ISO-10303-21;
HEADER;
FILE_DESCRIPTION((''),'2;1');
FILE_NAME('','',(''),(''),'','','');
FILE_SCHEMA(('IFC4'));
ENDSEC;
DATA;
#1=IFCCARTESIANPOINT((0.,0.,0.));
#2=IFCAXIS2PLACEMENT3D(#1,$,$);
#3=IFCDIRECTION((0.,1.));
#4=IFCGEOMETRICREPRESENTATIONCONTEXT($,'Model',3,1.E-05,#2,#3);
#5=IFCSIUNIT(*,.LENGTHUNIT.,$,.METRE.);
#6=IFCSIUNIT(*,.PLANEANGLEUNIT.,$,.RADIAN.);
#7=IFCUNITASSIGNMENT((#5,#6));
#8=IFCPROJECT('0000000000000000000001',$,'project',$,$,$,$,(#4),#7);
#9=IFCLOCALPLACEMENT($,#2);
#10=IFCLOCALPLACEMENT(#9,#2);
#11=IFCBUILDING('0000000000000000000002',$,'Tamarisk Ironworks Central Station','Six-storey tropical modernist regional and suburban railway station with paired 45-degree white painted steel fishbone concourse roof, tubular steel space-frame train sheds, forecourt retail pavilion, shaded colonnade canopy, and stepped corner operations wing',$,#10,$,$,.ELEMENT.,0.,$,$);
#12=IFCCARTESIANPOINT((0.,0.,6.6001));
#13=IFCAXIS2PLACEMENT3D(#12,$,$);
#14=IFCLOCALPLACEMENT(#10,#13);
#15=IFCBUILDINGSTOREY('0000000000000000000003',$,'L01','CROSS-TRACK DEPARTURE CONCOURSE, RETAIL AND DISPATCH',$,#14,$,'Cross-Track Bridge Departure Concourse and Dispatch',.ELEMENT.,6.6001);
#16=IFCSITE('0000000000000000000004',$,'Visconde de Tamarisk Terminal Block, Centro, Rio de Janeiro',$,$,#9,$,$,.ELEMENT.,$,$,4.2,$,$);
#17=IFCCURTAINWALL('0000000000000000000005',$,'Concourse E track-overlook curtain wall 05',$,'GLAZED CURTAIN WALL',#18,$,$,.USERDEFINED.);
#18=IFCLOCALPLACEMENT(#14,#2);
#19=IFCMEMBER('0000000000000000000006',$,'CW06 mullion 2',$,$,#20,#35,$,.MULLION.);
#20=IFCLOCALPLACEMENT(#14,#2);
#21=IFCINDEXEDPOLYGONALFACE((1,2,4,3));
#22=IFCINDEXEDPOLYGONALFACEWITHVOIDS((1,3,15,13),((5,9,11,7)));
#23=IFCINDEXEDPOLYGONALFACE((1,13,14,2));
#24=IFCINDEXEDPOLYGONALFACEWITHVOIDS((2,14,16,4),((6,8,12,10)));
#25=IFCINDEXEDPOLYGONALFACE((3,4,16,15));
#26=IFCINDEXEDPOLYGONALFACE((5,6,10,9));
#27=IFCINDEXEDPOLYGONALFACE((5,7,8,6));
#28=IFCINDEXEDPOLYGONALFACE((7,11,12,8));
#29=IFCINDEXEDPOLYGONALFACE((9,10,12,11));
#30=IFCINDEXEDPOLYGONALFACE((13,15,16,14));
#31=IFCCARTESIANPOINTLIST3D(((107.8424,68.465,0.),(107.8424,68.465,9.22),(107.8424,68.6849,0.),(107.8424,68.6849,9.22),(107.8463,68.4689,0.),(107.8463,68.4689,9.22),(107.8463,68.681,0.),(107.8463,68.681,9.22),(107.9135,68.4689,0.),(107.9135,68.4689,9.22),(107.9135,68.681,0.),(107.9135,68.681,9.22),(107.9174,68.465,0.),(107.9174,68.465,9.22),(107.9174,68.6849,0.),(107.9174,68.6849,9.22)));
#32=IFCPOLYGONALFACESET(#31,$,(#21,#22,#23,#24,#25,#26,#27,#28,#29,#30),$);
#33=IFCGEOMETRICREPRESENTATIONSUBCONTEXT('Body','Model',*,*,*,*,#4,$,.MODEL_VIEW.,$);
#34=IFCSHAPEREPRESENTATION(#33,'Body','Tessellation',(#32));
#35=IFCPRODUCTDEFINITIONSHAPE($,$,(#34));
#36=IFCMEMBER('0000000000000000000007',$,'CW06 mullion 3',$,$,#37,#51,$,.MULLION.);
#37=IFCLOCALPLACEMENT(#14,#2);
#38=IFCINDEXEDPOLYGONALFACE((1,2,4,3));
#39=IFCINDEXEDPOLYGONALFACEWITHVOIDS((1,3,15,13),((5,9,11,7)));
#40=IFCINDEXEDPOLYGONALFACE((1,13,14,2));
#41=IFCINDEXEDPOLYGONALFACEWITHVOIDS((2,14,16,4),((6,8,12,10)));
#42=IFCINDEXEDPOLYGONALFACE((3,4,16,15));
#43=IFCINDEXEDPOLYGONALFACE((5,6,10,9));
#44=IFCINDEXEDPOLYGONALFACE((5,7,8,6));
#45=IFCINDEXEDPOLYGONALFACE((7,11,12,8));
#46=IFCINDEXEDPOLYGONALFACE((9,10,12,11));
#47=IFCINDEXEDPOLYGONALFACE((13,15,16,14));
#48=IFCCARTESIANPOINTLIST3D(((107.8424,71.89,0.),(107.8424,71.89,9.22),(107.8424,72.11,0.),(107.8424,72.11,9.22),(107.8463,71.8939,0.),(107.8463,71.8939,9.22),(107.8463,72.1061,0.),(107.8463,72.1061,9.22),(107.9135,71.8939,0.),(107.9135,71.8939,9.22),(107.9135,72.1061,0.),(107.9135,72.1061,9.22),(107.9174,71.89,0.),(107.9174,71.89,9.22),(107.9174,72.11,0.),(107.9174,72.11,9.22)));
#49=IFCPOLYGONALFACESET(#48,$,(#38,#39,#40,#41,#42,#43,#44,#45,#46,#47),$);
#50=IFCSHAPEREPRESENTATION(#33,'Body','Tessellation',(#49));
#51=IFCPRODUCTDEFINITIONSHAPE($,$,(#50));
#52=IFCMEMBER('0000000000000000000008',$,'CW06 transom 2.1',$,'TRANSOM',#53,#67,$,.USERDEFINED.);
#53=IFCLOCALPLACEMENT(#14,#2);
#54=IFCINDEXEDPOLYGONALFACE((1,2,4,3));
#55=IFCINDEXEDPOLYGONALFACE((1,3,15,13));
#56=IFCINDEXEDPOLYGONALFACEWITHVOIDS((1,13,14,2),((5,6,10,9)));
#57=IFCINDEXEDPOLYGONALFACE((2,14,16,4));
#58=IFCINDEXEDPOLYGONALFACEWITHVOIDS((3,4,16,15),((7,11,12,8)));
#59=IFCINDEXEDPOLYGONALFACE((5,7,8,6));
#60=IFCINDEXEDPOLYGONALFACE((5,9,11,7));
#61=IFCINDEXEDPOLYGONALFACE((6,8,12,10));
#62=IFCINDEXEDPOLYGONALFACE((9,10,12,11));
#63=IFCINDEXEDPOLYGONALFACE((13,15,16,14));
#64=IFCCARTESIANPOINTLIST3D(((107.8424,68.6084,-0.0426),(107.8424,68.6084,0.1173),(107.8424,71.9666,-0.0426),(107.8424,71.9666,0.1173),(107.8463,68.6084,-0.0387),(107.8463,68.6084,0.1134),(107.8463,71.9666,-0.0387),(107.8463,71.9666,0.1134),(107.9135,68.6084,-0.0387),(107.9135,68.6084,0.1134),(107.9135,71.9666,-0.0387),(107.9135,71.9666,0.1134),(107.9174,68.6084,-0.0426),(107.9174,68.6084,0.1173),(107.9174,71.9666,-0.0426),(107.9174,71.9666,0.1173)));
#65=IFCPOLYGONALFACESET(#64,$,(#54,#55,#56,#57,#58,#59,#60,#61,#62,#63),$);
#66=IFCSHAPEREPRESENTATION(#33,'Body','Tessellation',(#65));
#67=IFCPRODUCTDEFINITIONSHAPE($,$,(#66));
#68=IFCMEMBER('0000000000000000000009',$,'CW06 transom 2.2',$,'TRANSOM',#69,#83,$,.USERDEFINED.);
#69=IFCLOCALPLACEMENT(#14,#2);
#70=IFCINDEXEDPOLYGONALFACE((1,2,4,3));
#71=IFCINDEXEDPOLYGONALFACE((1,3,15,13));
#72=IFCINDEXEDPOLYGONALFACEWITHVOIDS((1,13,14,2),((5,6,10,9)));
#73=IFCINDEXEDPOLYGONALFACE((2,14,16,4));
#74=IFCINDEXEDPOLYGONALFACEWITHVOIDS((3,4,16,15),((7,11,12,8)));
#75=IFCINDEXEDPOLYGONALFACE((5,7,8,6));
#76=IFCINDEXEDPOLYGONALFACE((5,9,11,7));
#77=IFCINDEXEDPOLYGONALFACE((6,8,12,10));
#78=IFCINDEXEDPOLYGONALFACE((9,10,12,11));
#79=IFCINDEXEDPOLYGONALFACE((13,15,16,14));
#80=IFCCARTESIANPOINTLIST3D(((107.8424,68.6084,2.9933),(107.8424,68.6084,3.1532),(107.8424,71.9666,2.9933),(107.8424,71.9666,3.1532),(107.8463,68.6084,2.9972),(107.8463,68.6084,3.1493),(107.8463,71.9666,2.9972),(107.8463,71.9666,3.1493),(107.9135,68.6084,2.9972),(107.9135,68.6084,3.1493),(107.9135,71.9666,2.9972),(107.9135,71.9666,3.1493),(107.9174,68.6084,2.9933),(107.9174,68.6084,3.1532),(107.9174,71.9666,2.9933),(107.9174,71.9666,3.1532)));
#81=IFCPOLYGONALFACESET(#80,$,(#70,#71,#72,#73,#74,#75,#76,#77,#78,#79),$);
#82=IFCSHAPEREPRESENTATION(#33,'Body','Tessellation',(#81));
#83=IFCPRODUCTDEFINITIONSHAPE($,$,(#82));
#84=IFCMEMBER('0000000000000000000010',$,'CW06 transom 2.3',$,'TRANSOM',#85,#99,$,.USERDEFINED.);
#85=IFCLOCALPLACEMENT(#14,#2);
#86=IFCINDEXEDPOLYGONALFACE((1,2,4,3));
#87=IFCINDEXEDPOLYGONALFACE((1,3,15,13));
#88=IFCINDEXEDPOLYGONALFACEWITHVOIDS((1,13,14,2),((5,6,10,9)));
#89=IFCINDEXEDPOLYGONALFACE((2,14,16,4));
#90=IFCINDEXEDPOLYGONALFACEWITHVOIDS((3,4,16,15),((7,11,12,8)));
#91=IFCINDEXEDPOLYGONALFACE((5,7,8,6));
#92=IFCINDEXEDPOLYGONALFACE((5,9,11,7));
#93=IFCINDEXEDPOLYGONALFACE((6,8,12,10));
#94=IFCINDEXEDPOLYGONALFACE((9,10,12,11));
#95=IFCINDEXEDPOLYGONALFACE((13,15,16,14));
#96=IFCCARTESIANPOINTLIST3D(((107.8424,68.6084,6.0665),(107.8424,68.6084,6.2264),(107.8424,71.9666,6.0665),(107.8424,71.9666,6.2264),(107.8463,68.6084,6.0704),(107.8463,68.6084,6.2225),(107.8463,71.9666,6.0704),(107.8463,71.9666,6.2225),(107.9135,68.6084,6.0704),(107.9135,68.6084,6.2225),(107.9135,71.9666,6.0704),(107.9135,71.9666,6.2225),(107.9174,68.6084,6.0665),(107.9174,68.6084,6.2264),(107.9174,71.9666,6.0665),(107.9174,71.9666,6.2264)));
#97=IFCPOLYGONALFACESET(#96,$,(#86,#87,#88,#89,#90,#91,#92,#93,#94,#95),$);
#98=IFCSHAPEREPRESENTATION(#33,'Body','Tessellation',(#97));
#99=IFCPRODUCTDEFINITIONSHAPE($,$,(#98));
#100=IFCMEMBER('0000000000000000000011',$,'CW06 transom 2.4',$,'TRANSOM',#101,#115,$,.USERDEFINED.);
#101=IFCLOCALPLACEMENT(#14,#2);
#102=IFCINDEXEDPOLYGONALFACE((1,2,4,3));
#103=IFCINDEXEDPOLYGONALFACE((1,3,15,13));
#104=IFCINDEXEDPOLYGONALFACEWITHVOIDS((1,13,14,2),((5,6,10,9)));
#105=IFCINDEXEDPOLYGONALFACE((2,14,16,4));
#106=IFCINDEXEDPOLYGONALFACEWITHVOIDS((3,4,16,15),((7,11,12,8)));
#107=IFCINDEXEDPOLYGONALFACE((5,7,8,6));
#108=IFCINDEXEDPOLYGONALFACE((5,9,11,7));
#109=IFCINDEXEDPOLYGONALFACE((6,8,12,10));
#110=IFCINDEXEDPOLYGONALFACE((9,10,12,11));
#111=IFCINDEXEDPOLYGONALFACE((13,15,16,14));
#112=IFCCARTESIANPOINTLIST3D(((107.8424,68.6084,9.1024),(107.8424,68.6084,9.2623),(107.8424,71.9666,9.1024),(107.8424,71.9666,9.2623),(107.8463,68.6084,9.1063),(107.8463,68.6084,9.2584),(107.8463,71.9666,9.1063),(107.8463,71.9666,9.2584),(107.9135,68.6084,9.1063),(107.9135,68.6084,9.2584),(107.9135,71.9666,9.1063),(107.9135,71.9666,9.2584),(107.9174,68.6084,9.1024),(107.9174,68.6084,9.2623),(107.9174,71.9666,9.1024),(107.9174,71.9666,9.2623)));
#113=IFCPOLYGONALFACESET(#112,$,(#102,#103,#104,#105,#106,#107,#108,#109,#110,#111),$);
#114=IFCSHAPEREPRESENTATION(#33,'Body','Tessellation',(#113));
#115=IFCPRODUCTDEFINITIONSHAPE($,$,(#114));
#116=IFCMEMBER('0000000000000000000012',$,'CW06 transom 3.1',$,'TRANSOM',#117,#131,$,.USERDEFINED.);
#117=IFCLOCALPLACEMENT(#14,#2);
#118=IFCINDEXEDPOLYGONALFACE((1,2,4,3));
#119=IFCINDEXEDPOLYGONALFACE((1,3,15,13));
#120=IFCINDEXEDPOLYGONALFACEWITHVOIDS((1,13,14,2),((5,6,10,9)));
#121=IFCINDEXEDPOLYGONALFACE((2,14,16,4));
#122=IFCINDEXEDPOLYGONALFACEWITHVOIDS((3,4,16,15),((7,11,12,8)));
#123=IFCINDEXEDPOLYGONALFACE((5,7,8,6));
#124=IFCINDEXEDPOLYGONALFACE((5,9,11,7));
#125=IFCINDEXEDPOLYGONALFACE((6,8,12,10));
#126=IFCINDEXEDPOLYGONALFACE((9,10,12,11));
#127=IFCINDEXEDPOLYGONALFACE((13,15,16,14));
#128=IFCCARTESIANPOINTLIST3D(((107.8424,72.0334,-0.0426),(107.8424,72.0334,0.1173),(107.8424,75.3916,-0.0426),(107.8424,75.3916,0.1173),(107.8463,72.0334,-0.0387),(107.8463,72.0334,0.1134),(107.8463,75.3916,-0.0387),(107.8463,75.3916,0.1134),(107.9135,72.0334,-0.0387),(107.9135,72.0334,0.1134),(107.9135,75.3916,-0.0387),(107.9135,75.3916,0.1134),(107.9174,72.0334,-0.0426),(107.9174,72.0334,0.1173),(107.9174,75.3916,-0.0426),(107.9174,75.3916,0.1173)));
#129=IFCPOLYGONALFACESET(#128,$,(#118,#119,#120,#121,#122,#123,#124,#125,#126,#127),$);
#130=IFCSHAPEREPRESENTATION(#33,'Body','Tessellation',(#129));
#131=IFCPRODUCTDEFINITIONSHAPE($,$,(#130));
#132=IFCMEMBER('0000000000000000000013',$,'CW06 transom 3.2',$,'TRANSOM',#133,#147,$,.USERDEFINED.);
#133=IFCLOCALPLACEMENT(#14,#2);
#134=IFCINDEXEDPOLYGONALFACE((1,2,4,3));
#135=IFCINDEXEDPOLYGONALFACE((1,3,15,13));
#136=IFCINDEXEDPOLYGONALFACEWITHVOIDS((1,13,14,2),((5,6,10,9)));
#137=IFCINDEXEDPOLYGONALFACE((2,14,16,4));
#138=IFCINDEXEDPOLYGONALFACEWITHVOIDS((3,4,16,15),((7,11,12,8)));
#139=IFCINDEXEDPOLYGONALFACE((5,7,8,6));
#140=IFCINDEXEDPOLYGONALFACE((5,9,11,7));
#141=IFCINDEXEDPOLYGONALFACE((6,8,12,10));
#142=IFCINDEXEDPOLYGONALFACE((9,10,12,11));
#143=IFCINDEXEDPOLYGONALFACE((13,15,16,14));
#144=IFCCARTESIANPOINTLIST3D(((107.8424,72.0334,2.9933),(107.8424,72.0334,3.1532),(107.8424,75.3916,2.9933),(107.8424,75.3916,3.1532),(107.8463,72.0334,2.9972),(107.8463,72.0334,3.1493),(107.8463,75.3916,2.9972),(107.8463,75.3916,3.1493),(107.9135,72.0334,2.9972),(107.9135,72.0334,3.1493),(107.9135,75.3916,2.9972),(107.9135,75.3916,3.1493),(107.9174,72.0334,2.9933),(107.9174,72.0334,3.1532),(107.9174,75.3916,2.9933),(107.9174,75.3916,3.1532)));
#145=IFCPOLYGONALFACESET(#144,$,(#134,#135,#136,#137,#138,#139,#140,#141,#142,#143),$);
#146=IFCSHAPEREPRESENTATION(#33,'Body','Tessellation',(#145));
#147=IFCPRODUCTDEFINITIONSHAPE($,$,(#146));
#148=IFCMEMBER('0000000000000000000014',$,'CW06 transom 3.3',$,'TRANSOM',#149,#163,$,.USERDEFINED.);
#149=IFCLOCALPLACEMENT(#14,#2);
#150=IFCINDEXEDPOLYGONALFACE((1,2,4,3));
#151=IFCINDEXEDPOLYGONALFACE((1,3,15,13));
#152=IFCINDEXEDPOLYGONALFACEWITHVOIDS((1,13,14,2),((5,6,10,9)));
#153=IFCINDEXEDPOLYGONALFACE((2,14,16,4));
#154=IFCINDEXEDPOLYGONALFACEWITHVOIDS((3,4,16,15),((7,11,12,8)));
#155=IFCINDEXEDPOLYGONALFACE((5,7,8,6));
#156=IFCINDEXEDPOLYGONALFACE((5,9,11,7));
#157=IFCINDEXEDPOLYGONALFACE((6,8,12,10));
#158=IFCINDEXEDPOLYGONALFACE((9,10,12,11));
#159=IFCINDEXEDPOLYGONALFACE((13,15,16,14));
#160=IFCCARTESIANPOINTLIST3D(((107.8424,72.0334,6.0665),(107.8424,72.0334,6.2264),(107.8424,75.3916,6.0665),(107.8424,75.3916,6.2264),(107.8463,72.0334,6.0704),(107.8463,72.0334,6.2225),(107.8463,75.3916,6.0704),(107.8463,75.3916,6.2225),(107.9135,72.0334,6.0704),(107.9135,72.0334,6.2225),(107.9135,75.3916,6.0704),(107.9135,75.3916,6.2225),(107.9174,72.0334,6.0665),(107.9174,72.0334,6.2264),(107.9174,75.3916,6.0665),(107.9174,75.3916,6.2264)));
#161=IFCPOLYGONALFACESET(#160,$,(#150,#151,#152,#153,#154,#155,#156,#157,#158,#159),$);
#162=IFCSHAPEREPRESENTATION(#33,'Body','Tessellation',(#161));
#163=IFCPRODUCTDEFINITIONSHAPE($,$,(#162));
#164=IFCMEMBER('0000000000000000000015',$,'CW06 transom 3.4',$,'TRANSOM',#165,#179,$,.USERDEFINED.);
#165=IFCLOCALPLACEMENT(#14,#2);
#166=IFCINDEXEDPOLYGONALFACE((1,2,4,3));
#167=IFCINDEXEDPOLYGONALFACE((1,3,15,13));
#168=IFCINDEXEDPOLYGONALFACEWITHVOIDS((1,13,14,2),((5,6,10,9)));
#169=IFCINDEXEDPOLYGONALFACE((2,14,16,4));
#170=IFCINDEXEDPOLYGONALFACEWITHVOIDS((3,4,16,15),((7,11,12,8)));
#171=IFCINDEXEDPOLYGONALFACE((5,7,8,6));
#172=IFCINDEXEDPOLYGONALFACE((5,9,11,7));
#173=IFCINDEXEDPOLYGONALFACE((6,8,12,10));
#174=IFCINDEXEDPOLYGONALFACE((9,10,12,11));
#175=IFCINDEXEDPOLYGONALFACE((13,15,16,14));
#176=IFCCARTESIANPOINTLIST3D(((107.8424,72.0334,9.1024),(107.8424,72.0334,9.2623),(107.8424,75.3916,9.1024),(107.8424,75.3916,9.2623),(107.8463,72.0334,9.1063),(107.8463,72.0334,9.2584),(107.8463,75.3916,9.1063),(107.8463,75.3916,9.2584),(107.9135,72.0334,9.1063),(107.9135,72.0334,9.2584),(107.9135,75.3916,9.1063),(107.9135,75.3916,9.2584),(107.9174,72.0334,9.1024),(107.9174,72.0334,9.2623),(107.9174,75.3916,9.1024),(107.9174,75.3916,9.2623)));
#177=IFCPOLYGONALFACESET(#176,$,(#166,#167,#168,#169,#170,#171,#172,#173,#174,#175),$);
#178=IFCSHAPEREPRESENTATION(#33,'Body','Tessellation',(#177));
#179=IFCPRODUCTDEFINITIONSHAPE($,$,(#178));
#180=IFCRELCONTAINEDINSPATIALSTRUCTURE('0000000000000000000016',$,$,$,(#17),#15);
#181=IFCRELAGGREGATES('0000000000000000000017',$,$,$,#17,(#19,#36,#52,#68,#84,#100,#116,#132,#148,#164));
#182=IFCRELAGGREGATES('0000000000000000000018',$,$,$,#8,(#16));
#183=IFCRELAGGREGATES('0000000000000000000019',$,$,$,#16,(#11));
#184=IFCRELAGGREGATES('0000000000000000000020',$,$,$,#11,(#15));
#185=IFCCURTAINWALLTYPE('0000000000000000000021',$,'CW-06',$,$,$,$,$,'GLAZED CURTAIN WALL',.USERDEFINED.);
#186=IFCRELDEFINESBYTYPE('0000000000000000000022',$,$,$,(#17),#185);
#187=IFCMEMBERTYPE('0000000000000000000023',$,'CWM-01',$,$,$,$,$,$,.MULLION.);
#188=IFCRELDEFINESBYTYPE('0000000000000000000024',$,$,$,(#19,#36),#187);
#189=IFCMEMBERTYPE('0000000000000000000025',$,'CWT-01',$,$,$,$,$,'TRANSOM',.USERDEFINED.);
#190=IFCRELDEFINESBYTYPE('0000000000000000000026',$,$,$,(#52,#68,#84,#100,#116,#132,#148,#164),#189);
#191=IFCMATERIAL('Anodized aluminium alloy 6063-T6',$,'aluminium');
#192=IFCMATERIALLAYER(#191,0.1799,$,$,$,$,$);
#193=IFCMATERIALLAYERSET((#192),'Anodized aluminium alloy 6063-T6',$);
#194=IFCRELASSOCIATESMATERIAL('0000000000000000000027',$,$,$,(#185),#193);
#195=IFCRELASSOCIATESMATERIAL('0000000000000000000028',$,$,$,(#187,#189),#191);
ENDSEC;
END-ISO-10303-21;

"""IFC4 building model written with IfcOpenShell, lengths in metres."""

from ifc_helpers import new_model, si_unit, direction, frame, origin, origin_2d, place, context, subcontext, project, spatial, hollow_rectangle, extrude, material, layer, layer_set, material_profile, profile_set, type_object, element, aggregate, save


model = new_model("IFC4")

# Units and contexts
model_context = context("Model", 3, precision=1e-05, world=origin(), true_north=direction((0.0, 1.0)))
body_context = subcontext(model_context, "Body", "Model", "MODEL_VIEW")
ifc_project = project(units=[si_unit("LENGTHUNIT", "METRE"), si_unit("PLANEANGLEUNIT", "RADIAN")], contexts=[model_context])

# Site, building, storey
site_placement = place(None, origin())
site = spatial("IfcSite", under=ifc_project, at=site_placement, Name="Visconde de Tamarisk Terminal Block, Centro, Rio de Janeiro", CompositionType="ELEMENT", RefElevation=4.2)
building_placement = place(site_placement, origin())
building = spatial("IfcBuilding", under=site, at=building_placement, Name="Tamarisk Ironworks Central Station", Description="Six-storey tropical modernist regional and suburban railway station with paired 45-degree white painted steel fishbone concourse roof, tubular steel space-frame train sheds, forecourt retail pavilion, shaded colonnade canopy, and stepped corner operations wing", CompositionType="ELEMENT", ElevationOfRefHeight=0.0)
storey_placement = place(building_placement, frame((0.0, 0.0, 6.6001)))
storey = spatial("IfcBuildingStorey", under=building, at=storey_placement, Name="L01", Description="CROSS-TRACK DEPARTURE CONCOURSE, RETAIL AND DISPATCH", LongName="Cross-Track Bridge Departure Concourse and Dispatch", CompositionType="ELEMENT", Elevation=6.6001)

# Curtain wall, members
ifc_material_1 = material(Name="Anodized aluminium alloy 6063-T6", Category="aluminium")
ifc_layer_1 = layer(ifc_material_1, 0.1799)
ifc_layer_set_1 = layer_set([ifc_layer_1], Name="Anodized aluminium alloy 6063-T6")
curtain_wall_type = type_object("IfcCurtainWallType", Name="CW-06", ElementType="GLAZED CURTAIN WALL", PredefinedType="USERDEFINED", material=ifc_layer_set_1)
curtain_wall_placement = place(storey_placement, origin())
curtain_wall = element("IfcCurtainWall", 1, at=curtain_wall_placement, inside=storey, type_object=curtain_wall_type, Name="Concourse E track-overlook curtain wall 05", ObjectType="GLAZED CURTAIN WALL", PredefinedType="USERDEFINED")
ifc_material_profile_1 = material_profile(ifc_material_1, hollow_rectangle(XDim=0.075, YDim=0.22, WallThickness=0.0039, at=origin_2d()), Name="ALUM 220x75")
ifc_profile_set_1 = profile_set([ifc_material_profile_1], Name="Anodized aluminium alloy 6063-T6")
member_type_1 = type_object("IfcMemberType", Name="CWM-01", PredefinedType="MULLION", material=ifc_profile_set_1)
member_1_placement = place(storey_placement, frame((107.8799, 68.575, 0.0), z_axis=(0.0, 0.0, 1.0), x_axis=(-1.0, 0.0, 0.0)))
member_1 = element("IfcMember", 2, at=member_1_placement, type_object=member_type_1, Name="CW06 mullion 2", PredefinedType="MULLION", context=body_context, shape_type="SweptSolid", body=[
    extrude(hollow_rectangle(XDim=0.075, YDim=0.22, WallThickness=0.0039, at=origin_2d()), origin(), (0.0, 0.0, 1.0), 9.22),
])
member_2_placement = place(storey_placement, frame((107.8799, 72.0, 0.0), z_axis=(0.0, 0.0, 1.0), x_axis=(-1.0, 0.0, 0.0)))
member_2 = element("IfcMember", 3, at=member_2_placement, type_object=member_type_1, Name="CW06 mullion 3", PredefinedType="MULLION", context=body_context, shape_type="SweptSolid", body=[
    extrude(hollow_rectangle(XDim=0.075, YDim=0.22, WallThickness=0.0039, at=origin_2d()), origin(), (0.0, 0.0, 1.0), 9.22),
])
ifc_material_profile_2 = material_profile(ifc_material_1, hollow_rectangle(XDim=0.075, YDim=0.1599, WallThickness=0.0039, at=origin_2d()), Name="ALUM 160x75")
ifc_profile_set_2 = profile_set([ifc_material_profile_2], Name="Anodized aluminium alloy 6063-T6")
member_type_2 = type_object("IfcMemberType", Name="CWT-01", ElementType="TRANSOM", PredefinedType="USERDEFINED", material=ifc_profile_set_2)
member_3_placement = place(storey_placement, frame((107.8799, 68.6084, 0.0374), z_axis=(0.0, 1.0, 0.0), x_axis=(-1.0, 0.0, 0.0)))
member_3 = element("IfcMember", 4, at=member_3_placement, type_object=member_type_2, Name="CW06 transom 2.1", ObjectType="TRANSOM", PredefinedType="USERDEFINED", context=body_context, shape_type="SweptSolid", body=[
    extrude(hollow_rectangle(XDim=0.075, YDim=0.1599, WallThickness=0.0039, at=origin_2d()), origin(), (0.0, 0.0, 1.0), 3.3582),
])
member_4_placement = place(storey_placement, frame((107.8799, 68.6084, 3.0732), z_axis=(0.0, 1.0, 0.0), x_axis=(-1.0, 0.0, 0.0)))
member_4 = element("IfcMember", 5, at=member_4_placement, type_object=member_type_2, Name="CW06 transom 2.2", ObjectType="TRANSOM", PredefinedType="USERDEFINED", context=body_context, shape_type="SweptSolid", body=[
    extrude(hollow_rectangle(XDim=0.075, YDim=0.1599, WallThickness=0.0039, at=origin_2d()), origin(), (0.0, 0.0, 1.0), 3.3582),
])
member_5_placement = place(storey_placement, frame((107.8799, 68.6084, 6.1465), z_axis=(0.0, 1.0, 0.0), x_axis=(-1.0, 0.0, 0.0)))
member_5 = element("IfcMember", 6, at=member_5_placement, type_object=member_type_2, Name="CW06 transom 2.3", ObjectType="TRANSOM", PredefinedType="USERDEFINED", context=body_context, shape_type="SweptSolid", body=[
    extrude(hollow_rectangle(XDim=0.075, YDim=0.1599, WallThickness=0.0039, at=origin_2d()), origin(), (0.0, 0.0, 1.0), 3.3582),
])
member_6_placement = place(storey_placement, frame((107.8799, 68.6084, 9.1824), z_axis=(0.0, 1.0, 0.0), x_axis=(-1.0, 0.0, 0.0)))
member_6 = element("IfcMember", 7, at=member_6_placement, type_object=member_type_2, Name="CW06 transom 2.4", ObjectType="TRANSOM", PredefinedType="USERDEFINED", context=body_context, shape_type="SweptSolid", body=[
    extrude(hollow_rectangle(XDim=0.075, YDim=0.1599, WallThickness=0.0039, at=origin_2d()), origin(), (0.0, 0.0, 1.0), 3.3582),
])
member_7_placement = place(storey_placement, frame((107.8799, 72.0334, 0.0374), z_axis=(0.0, 1.0, 0.0), x_axis=(-1.0, 0.0, 0.0)))
member_7 = element("IfcMember", 8, at=member_7_placement, type_object=member_type_2, Name="CW06 transom 3.1", ObjectType="TRANSOM", PredefinedType="USERDEFINED", context=body_context, shape_type="SweptSolid", body=[
    extrude(hollow_rectangle(XDim=0.075, YDim=0.1599, WallThickness=0.0039, at=origin_2d()), origin(), (0.0, 0.0, 1.0), 3.3582),
])
member_8_placement = place(storey_placement, frame((107.8799, 72.0334, 3.0732), z_axis=(0.0, 1.0, 0.0), x_axis=(-1.0, 0.0, 0.0)))
member_8 = element("IfcMember", 9, at=member_8_placement, type_object=member_type_2, Name="CW06 transom 3.2", ObjectType="TRANSOM", PredefinedType="USERDEFINED", context=body_context, shape_type="SweptSolid", body=[
    extrude(hollow_rectangle(XDim=0.075, YDim=0.1599, WallThickness=0.0039, at=origin_2d()), origin(), (0.0, 0.0, 1.0), 3.3582),
])
member_9_placement = place(storey_placement, frame((107.8799, 72.0334, 6.1465), z_axis=(0.0, 1.0, 0.0), x_axis=(-1.0, 0.0, 0.0)))
member_9 = element("IfcMember", 10, at=member_9_placement, type_object=member_type_2, Name="CW06 transom 3.3", ObjectType="TRANSOM", PredefinedType="USERDEFINED", context=body_context, shape_type="SweptSolid", body=[
    extrude(hollow_rectangle(XDim=0.075, YDim=0.1599, WallThickness=0.0039, at=origin_2d()), origin(), (0.0, 0.0, 1.0), 3.3582),
])
member_10_placement = place(storey_placement, frame((107.8799, 72.0334, 9.1824), z_axis=(0.0, 1.0, 0.0), x_axis=(-1.0, 0.0, 0.0)))
member_10 = element("IfcMember", 11, at=member_10_placement, type_object=member_type_2, Name="CW06 transom 3.4", ObjectType="TRANSOM", PredefinedType="USERDEFINED", context=body_context, shape_type="SweptSolid", body=[
    extrude(hollow_rectangle(XDim=0.075, YDim=0.1599, WallThickness=0.0039, at=origin_2d()), origin(), (0.0, 0.0, 1.0), 3.3582),
])

aggregate(curtain_wall, [member_1, member_2, member_3, member_4, member_5, member_6, member_7, member_8, member_9, member_10])

save(model, "model.ifc")
